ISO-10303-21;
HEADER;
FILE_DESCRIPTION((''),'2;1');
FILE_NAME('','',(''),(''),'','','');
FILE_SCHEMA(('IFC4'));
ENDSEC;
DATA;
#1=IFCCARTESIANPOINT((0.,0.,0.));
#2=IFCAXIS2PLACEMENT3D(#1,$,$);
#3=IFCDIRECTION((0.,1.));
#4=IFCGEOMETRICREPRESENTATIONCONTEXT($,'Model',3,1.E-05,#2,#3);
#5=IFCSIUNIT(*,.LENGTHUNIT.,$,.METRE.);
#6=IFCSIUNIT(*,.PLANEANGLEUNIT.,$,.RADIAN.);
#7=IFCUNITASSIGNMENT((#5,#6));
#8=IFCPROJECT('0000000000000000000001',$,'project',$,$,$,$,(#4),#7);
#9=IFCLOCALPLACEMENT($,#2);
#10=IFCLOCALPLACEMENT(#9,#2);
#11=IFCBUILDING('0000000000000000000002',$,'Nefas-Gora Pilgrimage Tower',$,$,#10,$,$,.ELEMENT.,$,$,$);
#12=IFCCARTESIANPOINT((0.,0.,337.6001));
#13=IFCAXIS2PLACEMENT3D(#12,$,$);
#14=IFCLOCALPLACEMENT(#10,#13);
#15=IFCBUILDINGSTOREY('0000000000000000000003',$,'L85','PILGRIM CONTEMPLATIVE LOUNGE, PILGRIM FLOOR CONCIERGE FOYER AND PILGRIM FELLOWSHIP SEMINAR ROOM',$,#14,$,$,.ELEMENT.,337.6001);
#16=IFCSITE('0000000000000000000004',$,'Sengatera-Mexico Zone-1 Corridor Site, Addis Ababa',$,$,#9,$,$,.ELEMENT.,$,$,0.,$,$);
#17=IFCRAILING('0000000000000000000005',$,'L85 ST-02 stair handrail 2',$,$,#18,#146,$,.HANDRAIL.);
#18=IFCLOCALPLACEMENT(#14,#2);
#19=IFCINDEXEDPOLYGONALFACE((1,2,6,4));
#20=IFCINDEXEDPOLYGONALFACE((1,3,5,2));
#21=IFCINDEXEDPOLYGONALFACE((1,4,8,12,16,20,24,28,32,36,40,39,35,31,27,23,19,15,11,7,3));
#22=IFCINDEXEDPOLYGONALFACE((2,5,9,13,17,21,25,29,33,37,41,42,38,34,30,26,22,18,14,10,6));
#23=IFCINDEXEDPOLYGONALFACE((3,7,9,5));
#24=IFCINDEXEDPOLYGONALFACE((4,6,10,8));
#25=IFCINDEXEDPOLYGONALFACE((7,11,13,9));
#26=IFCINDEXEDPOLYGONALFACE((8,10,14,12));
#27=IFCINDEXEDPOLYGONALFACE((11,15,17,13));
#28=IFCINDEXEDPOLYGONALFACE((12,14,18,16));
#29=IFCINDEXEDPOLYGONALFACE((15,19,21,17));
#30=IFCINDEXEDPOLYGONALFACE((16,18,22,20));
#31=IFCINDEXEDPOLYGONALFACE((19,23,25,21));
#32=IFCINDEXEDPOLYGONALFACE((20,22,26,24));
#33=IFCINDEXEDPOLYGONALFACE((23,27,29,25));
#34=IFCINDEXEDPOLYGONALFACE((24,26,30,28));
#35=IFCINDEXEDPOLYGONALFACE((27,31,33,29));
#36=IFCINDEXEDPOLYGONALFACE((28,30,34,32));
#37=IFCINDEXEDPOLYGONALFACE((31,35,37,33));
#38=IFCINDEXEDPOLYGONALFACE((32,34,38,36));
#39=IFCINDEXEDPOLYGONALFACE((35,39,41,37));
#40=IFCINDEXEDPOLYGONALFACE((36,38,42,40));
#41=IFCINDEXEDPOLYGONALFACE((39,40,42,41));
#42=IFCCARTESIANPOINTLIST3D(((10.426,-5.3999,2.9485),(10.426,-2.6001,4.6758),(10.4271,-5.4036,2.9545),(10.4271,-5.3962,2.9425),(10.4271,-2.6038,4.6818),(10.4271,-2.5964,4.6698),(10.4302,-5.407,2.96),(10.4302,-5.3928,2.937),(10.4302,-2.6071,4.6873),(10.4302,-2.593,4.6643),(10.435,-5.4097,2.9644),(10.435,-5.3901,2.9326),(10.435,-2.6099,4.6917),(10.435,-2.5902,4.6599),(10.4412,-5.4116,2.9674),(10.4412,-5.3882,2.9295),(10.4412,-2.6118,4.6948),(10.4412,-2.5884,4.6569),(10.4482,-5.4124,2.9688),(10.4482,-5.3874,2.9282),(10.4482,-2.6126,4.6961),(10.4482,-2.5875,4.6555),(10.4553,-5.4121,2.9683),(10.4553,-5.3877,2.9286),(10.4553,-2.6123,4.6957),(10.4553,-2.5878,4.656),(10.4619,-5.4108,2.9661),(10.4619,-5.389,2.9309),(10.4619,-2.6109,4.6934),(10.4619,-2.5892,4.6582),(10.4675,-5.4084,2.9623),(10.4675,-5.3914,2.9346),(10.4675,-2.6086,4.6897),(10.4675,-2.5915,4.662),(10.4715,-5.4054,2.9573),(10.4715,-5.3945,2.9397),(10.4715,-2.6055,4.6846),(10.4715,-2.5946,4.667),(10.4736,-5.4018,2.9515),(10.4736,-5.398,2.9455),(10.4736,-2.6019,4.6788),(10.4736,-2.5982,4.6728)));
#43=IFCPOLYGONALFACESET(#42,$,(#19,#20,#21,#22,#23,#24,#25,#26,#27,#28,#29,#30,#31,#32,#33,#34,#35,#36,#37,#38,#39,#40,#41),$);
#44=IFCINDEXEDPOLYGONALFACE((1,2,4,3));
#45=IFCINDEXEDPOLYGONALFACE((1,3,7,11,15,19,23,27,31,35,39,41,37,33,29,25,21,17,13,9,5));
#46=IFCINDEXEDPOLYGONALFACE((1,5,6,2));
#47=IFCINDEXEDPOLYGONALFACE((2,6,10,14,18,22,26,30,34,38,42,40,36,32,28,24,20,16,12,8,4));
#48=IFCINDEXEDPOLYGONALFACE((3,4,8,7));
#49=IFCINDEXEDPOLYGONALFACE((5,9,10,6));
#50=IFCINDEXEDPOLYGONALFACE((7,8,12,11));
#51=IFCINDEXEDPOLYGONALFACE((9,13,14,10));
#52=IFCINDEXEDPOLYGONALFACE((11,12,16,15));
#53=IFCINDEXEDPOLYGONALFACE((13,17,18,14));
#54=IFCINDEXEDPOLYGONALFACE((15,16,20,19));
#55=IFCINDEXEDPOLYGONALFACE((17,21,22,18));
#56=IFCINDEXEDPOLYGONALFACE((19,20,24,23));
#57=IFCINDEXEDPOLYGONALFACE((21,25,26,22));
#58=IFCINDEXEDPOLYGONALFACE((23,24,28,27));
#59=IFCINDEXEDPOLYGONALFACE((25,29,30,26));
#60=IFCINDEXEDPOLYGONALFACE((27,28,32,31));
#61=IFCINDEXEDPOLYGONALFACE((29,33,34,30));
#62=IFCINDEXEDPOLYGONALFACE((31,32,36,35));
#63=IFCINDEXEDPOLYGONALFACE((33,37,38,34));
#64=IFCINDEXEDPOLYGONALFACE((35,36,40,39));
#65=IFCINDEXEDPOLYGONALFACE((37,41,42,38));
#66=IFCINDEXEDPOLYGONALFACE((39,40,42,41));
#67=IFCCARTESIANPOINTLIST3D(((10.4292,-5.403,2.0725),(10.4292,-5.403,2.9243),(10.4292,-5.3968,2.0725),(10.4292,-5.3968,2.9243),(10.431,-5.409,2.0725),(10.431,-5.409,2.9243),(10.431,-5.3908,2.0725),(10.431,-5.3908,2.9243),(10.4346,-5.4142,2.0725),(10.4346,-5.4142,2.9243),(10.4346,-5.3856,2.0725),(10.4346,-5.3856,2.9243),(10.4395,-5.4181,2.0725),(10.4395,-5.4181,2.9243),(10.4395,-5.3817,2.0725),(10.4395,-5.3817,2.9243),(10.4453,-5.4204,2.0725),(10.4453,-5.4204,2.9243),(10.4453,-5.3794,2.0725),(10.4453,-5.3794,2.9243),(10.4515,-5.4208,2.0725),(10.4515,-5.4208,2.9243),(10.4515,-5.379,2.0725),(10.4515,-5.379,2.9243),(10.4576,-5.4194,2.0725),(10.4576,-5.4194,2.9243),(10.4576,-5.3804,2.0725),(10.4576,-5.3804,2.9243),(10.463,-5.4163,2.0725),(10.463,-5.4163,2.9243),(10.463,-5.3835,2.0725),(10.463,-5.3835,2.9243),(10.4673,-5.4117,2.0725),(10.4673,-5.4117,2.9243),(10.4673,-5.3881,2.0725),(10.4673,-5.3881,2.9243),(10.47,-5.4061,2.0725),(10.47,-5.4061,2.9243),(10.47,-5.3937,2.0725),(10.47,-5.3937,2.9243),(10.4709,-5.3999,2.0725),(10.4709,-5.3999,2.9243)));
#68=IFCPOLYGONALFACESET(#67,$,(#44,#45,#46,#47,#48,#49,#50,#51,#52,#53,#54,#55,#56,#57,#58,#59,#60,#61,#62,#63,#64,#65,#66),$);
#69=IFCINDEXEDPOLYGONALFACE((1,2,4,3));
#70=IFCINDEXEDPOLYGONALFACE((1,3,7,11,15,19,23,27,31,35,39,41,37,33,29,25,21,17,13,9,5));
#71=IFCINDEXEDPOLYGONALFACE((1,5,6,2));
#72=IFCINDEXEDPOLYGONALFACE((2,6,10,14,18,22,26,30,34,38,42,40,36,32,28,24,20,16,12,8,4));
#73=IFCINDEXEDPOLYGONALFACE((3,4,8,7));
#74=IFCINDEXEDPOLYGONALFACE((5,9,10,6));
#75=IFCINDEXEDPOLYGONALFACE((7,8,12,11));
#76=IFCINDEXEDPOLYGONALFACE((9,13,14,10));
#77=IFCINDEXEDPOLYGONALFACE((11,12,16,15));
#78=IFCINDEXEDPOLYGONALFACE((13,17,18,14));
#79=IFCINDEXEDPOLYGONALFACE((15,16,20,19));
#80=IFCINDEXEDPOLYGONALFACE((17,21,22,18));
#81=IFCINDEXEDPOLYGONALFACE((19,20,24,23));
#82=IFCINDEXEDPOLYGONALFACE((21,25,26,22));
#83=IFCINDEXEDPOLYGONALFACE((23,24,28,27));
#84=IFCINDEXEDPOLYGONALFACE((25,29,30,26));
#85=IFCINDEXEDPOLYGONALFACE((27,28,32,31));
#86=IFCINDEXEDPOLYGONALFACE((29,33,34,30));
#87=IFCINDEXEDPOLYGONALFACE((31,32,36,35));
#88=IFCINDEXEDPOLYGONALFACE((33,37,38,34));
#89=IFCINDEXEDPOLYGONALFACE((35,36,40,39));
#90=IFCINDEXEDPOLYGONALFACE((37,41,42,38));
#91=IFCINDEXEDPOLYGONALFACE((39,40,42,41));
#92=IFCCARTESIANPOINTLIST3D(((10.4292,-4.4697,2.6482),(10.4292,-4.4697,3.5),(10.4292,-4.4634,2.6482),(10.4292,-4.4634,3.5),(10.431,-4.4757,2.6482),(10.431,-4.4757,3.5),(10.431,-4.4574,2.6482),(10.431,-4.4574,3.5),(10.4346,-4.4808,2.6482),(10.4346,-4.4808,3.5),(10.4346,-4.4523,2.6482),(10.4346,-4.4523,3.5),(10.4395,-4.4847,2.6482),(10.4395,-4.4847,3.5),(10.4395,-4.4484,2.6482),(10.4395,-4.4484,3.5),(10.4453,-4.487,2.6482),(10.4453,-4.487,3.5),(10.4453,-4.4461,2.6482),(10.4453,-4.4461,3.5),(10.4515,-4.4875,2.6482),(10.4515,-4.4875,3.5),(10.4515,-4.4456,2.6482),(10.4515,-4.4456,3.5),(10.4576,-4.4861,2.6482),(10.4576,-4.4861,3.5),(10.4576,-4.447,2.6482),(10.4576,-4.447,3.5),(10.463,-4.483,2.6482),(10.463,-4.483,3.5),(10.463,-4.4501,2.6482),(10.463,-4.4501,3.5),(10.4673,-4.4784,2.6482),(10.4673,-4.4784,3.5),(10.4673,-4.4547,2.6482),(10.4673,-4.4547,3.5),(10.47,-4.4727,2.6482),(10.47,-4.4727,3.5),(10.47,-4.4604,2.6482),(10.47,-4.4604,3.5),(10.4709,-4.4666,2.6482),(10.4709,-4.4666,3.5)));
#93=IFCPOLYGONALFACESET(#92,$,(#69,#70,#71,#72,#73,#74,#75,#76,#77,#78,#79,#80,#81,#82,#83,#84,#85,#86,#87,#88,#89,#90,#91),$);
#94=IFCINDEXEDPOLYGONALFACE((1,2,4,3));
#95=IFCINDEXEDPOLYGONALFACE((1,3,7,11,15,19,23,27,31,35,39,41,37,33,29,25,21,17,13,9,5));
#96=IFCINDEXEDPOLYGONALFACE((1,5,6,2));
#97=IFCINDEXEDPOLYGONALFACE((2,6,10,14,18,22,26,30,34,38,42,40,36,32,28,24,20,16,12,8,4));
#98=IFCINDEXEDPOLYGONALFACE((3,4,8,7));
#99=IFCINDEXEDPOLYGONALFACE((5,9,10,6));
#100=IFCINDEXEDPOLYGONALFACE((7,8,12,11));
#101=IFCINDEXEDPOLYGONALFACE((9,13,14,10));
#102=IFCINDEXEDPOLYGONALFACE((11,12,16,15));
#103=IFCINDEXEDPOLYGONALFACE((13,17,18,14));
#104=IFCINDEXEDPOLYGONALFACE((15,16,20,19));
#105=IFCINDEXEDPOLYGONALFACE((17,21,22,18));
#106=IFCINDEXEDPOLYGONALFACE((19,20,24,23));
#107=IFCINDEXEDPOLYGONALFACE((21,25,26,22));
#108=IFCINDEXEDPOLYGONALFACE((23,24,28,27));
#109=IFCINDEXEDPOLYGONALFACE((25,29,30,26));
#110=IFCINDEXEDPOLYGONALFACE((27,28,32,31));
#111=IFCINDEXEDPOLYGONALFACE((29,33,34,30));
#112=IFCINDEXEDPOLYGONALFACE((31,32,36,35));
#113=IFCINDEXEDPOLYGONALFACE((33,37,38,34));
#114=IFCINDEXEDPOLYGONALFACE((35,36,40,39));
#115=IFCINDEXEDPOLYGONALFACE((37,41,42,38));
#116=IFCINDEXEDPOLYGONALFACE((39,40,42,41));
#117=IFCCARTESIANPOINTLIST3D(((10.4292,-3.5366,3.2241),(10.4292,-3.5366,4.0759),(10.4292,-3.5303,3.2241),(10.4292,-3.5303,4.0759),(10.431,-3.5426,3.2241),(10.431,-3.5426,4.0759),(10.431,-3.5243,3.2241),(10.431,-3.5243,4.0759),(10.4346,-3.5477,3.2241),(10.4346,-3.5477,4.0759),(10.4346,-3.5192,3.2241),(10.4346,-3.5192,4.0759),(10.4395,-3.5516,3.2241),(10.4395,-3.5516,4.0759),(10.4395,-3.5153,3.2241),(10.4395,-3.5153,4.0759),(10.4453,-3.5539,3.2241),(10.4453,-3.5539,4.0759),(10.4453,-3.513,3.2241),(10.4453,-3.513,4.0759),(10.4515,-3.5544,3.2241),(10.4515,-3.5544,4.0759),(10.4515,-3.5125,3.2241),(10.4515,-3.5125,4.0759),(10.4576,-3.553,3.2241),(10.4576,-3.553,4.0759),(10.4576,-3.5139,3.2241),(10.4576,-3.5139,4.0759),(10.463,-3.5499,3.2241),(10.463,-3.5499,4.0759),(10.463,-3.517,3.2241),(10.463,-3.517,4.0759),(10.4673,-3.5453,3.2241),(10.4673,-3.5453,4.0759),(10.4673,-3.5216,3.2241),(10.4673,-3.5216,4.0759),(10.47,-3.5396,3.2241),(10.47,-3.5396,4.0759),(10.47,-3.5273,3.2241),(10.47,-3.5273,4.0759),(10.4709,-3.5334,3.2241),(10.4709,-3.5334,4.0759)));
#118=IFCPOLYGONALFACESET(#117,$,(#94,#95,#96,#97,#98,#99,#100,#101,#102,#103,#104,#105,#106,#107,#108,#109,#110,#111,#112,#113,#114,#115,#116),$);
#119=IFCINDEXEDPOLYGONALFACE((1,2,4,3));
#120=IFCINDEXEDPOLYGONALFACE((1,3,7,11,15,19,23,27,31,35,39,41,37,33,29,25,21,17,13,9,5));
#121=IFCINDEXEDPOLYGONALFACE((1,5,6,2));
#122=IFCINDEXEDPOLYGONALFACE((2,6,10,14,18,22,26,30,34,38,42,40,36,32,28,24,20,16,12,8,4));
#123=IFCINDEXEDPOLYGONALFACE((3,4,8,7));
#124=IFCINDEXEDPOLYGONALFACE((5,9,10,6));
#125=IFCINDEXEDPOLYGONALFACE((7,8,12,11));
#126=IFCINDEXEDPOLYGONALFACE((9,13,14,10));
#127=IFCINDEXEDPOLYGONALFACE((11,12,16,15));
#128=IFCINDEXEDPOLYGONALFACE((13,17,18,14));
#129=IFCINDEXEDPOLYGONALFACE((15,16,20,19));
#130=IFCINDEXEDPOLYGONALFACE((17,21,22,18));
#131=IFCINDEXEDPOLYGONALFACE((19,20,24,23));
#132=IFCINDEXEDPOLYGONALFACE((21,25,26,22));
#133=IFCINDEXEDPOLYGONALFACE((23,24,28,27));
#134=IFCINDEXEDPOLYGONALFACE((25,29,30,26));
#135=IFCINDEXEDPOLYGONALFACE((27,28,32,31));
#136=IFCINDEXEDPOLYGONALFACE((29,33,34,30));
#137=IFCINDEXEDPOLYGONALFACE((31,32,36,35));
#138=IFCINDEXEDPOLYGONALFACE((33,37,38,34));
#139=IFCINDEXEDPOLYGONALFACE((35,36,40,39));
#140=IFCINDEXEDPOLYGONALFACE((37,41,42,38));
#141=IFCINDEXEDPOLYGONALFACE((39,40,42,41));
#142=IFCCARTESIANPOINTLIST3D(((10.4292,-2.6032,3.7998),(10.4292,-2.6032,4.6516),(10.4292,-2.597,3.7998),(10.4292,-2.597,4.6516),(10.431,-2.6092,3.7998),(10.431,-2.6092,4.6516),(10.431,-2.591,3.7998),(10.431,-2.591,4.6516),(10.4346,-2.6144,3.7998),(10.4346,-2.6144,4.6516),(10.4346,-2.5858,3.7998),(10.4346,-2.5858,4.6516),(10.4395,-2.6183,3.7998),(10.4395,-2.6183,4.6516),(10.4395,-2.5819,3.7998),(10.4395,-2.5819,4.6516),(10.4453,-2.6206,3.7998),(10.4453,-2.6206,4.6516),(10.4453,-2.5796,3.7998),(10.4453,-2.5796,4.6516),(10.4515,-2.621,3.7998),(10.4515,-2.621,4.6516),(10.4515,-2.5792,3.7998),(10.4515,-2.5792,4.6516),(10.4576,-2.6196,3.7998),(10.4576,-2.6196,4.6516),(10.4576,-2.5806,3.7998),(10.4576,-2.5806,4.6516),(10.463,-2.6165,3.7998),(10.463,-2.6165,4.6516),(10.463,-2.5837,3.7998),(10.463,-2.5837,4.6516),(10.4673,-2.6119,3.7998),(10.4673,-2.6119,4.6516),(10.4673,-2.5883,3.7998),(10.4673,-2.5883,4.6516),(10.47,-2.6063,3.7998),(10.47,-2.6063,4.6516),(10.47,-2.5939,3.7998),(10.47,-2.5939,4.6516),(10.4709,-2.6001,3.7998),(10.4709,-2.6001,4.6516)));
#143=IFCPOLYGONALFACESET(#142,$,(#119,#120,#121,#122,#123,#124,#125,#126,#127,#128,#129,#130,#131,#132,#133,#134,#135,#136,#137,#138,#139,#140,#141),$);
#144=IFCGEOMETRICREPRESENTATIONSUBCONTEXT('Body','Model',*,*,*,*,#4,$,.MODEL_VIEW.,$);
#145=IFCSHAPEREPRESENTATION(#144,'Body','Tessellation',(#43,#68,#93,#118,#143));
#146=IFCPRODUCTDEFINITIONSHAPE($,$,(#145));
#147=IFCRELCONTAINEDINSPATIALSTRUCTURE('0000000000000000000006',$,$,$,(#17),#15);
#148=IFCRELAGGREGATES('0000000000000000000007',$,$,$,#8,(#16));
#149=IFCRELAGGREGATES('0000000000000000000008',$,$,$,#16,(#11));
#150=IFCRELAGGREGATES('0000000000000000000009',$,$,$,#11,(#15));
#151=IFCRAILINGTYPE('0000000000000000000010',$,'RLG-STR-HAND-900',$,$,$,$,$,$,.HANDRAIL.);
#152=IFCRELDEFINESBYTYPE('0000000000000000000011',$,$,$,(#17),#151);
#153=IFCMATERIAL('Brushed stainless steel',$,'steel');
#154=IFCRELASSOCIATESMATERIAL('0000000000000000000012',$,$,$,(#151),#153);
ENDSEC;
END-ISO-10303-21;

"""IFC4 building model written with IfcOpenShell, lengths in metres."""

from ifc_helpers import new_model, si_unit, direction, frame, origin, origin_2d, place, context, subcontext, project, spatial, circle, extrude, material, type_object, element, save


model = new_model("IFC4")

# Units and contexts
model_context = context("Model", 3, precision=1e-05, world=origin(), true_north=direction((0.0, 1.0)))
body_context = subcontext(model_context, "Body", "Model", "MODEL_VIEW")
ifc_project = project(units=[si_unit("LENGTHUNIT", "METRE"), si_unit("PLANEANGLEUNIT", "RADIAN")], contexts=[model_context])

# Site, building, storey
site_placement = place(None, origin())
site = spatial("IfcSite", under=ifc_project, at=site_placement, Name="Sengatera-Mexico Zone-1 Corridor Site, Addis Ababa", CompositionType="ELEMENT", RefElevation=0.0)
building_placement = place(site_placement, origin())
building = spatial("IfcBuilding", under=site, at=building_placement, Name="Nefas-Gora Pilgrimage Tower", CompositionType="ELEMENT")
storey_placement = place(building_placement, frame((0.0, 0.0, 337.6001)))
storey = spatial("IfcBuildingStorey", under=building, at=storey_placement, Name="L85", Description="PILGRIM CONTEMPLATIVE LOUNGE, PILGRIM FLOOR CONCIERGE FOYER AND PILGRIM FELLOWSHIP SEMINAR ROOM", CompositionType="ELEMENT", Elevation=337.6001)

# Railing
ifc_material_1 = material(Name="Brushed stainless steel", Category="steel")
railing_type_1 = type_object("IfcRailingType", Name="RLG-STR-HAND-900", PredefinedType="HANDRAIL", material=ifc_material_1)
railing_1_placement = place(storey_placement, frame((10.45, -5.3999, 2.0725)))
element("IfcRailing", 1, at=railing_1_placement, inside=storey, type_object=railing_type_1, Name="L85 ST-02 stair handrail 2", PredefinedType="HANDRAIL", context=body_context, shape_type="SweptSolid", body=[
    extrude(circle(Radius=0.0239, at=origin_2d()), frame((0.0, 0.0, 0.876), z_axis=(0.0, 0.851069, 0.525054), x_axis=(-1.0, 0.0, 0.0)), (0.0, 0.0, 1.0), 3.2898),
    extrude(circle(Radius=0.021, at=origin_2d()), origin(), (0.0, 0.0, 1.0), 0.8518),
    extrude(circle(Radius=0.021, at=origin_2d()), frame((0.0, 0.9333, 0.5757)), (0.0, 0.0, 1.0), 0.8518),
    extrude(circle(Radius=0.021, at=origin_2d()), frame((0.0, 1.8665, 1.1516)), (0.0, 0.0, 1.0), 0.8518),
    extrude(circle(Radius=0.021, at=origin_2d()), frame((0.0, 2.7998, 1.7273)), (0.0, 0.0, 1.0), 0.8518),
])

save(model, "model.ifc")
